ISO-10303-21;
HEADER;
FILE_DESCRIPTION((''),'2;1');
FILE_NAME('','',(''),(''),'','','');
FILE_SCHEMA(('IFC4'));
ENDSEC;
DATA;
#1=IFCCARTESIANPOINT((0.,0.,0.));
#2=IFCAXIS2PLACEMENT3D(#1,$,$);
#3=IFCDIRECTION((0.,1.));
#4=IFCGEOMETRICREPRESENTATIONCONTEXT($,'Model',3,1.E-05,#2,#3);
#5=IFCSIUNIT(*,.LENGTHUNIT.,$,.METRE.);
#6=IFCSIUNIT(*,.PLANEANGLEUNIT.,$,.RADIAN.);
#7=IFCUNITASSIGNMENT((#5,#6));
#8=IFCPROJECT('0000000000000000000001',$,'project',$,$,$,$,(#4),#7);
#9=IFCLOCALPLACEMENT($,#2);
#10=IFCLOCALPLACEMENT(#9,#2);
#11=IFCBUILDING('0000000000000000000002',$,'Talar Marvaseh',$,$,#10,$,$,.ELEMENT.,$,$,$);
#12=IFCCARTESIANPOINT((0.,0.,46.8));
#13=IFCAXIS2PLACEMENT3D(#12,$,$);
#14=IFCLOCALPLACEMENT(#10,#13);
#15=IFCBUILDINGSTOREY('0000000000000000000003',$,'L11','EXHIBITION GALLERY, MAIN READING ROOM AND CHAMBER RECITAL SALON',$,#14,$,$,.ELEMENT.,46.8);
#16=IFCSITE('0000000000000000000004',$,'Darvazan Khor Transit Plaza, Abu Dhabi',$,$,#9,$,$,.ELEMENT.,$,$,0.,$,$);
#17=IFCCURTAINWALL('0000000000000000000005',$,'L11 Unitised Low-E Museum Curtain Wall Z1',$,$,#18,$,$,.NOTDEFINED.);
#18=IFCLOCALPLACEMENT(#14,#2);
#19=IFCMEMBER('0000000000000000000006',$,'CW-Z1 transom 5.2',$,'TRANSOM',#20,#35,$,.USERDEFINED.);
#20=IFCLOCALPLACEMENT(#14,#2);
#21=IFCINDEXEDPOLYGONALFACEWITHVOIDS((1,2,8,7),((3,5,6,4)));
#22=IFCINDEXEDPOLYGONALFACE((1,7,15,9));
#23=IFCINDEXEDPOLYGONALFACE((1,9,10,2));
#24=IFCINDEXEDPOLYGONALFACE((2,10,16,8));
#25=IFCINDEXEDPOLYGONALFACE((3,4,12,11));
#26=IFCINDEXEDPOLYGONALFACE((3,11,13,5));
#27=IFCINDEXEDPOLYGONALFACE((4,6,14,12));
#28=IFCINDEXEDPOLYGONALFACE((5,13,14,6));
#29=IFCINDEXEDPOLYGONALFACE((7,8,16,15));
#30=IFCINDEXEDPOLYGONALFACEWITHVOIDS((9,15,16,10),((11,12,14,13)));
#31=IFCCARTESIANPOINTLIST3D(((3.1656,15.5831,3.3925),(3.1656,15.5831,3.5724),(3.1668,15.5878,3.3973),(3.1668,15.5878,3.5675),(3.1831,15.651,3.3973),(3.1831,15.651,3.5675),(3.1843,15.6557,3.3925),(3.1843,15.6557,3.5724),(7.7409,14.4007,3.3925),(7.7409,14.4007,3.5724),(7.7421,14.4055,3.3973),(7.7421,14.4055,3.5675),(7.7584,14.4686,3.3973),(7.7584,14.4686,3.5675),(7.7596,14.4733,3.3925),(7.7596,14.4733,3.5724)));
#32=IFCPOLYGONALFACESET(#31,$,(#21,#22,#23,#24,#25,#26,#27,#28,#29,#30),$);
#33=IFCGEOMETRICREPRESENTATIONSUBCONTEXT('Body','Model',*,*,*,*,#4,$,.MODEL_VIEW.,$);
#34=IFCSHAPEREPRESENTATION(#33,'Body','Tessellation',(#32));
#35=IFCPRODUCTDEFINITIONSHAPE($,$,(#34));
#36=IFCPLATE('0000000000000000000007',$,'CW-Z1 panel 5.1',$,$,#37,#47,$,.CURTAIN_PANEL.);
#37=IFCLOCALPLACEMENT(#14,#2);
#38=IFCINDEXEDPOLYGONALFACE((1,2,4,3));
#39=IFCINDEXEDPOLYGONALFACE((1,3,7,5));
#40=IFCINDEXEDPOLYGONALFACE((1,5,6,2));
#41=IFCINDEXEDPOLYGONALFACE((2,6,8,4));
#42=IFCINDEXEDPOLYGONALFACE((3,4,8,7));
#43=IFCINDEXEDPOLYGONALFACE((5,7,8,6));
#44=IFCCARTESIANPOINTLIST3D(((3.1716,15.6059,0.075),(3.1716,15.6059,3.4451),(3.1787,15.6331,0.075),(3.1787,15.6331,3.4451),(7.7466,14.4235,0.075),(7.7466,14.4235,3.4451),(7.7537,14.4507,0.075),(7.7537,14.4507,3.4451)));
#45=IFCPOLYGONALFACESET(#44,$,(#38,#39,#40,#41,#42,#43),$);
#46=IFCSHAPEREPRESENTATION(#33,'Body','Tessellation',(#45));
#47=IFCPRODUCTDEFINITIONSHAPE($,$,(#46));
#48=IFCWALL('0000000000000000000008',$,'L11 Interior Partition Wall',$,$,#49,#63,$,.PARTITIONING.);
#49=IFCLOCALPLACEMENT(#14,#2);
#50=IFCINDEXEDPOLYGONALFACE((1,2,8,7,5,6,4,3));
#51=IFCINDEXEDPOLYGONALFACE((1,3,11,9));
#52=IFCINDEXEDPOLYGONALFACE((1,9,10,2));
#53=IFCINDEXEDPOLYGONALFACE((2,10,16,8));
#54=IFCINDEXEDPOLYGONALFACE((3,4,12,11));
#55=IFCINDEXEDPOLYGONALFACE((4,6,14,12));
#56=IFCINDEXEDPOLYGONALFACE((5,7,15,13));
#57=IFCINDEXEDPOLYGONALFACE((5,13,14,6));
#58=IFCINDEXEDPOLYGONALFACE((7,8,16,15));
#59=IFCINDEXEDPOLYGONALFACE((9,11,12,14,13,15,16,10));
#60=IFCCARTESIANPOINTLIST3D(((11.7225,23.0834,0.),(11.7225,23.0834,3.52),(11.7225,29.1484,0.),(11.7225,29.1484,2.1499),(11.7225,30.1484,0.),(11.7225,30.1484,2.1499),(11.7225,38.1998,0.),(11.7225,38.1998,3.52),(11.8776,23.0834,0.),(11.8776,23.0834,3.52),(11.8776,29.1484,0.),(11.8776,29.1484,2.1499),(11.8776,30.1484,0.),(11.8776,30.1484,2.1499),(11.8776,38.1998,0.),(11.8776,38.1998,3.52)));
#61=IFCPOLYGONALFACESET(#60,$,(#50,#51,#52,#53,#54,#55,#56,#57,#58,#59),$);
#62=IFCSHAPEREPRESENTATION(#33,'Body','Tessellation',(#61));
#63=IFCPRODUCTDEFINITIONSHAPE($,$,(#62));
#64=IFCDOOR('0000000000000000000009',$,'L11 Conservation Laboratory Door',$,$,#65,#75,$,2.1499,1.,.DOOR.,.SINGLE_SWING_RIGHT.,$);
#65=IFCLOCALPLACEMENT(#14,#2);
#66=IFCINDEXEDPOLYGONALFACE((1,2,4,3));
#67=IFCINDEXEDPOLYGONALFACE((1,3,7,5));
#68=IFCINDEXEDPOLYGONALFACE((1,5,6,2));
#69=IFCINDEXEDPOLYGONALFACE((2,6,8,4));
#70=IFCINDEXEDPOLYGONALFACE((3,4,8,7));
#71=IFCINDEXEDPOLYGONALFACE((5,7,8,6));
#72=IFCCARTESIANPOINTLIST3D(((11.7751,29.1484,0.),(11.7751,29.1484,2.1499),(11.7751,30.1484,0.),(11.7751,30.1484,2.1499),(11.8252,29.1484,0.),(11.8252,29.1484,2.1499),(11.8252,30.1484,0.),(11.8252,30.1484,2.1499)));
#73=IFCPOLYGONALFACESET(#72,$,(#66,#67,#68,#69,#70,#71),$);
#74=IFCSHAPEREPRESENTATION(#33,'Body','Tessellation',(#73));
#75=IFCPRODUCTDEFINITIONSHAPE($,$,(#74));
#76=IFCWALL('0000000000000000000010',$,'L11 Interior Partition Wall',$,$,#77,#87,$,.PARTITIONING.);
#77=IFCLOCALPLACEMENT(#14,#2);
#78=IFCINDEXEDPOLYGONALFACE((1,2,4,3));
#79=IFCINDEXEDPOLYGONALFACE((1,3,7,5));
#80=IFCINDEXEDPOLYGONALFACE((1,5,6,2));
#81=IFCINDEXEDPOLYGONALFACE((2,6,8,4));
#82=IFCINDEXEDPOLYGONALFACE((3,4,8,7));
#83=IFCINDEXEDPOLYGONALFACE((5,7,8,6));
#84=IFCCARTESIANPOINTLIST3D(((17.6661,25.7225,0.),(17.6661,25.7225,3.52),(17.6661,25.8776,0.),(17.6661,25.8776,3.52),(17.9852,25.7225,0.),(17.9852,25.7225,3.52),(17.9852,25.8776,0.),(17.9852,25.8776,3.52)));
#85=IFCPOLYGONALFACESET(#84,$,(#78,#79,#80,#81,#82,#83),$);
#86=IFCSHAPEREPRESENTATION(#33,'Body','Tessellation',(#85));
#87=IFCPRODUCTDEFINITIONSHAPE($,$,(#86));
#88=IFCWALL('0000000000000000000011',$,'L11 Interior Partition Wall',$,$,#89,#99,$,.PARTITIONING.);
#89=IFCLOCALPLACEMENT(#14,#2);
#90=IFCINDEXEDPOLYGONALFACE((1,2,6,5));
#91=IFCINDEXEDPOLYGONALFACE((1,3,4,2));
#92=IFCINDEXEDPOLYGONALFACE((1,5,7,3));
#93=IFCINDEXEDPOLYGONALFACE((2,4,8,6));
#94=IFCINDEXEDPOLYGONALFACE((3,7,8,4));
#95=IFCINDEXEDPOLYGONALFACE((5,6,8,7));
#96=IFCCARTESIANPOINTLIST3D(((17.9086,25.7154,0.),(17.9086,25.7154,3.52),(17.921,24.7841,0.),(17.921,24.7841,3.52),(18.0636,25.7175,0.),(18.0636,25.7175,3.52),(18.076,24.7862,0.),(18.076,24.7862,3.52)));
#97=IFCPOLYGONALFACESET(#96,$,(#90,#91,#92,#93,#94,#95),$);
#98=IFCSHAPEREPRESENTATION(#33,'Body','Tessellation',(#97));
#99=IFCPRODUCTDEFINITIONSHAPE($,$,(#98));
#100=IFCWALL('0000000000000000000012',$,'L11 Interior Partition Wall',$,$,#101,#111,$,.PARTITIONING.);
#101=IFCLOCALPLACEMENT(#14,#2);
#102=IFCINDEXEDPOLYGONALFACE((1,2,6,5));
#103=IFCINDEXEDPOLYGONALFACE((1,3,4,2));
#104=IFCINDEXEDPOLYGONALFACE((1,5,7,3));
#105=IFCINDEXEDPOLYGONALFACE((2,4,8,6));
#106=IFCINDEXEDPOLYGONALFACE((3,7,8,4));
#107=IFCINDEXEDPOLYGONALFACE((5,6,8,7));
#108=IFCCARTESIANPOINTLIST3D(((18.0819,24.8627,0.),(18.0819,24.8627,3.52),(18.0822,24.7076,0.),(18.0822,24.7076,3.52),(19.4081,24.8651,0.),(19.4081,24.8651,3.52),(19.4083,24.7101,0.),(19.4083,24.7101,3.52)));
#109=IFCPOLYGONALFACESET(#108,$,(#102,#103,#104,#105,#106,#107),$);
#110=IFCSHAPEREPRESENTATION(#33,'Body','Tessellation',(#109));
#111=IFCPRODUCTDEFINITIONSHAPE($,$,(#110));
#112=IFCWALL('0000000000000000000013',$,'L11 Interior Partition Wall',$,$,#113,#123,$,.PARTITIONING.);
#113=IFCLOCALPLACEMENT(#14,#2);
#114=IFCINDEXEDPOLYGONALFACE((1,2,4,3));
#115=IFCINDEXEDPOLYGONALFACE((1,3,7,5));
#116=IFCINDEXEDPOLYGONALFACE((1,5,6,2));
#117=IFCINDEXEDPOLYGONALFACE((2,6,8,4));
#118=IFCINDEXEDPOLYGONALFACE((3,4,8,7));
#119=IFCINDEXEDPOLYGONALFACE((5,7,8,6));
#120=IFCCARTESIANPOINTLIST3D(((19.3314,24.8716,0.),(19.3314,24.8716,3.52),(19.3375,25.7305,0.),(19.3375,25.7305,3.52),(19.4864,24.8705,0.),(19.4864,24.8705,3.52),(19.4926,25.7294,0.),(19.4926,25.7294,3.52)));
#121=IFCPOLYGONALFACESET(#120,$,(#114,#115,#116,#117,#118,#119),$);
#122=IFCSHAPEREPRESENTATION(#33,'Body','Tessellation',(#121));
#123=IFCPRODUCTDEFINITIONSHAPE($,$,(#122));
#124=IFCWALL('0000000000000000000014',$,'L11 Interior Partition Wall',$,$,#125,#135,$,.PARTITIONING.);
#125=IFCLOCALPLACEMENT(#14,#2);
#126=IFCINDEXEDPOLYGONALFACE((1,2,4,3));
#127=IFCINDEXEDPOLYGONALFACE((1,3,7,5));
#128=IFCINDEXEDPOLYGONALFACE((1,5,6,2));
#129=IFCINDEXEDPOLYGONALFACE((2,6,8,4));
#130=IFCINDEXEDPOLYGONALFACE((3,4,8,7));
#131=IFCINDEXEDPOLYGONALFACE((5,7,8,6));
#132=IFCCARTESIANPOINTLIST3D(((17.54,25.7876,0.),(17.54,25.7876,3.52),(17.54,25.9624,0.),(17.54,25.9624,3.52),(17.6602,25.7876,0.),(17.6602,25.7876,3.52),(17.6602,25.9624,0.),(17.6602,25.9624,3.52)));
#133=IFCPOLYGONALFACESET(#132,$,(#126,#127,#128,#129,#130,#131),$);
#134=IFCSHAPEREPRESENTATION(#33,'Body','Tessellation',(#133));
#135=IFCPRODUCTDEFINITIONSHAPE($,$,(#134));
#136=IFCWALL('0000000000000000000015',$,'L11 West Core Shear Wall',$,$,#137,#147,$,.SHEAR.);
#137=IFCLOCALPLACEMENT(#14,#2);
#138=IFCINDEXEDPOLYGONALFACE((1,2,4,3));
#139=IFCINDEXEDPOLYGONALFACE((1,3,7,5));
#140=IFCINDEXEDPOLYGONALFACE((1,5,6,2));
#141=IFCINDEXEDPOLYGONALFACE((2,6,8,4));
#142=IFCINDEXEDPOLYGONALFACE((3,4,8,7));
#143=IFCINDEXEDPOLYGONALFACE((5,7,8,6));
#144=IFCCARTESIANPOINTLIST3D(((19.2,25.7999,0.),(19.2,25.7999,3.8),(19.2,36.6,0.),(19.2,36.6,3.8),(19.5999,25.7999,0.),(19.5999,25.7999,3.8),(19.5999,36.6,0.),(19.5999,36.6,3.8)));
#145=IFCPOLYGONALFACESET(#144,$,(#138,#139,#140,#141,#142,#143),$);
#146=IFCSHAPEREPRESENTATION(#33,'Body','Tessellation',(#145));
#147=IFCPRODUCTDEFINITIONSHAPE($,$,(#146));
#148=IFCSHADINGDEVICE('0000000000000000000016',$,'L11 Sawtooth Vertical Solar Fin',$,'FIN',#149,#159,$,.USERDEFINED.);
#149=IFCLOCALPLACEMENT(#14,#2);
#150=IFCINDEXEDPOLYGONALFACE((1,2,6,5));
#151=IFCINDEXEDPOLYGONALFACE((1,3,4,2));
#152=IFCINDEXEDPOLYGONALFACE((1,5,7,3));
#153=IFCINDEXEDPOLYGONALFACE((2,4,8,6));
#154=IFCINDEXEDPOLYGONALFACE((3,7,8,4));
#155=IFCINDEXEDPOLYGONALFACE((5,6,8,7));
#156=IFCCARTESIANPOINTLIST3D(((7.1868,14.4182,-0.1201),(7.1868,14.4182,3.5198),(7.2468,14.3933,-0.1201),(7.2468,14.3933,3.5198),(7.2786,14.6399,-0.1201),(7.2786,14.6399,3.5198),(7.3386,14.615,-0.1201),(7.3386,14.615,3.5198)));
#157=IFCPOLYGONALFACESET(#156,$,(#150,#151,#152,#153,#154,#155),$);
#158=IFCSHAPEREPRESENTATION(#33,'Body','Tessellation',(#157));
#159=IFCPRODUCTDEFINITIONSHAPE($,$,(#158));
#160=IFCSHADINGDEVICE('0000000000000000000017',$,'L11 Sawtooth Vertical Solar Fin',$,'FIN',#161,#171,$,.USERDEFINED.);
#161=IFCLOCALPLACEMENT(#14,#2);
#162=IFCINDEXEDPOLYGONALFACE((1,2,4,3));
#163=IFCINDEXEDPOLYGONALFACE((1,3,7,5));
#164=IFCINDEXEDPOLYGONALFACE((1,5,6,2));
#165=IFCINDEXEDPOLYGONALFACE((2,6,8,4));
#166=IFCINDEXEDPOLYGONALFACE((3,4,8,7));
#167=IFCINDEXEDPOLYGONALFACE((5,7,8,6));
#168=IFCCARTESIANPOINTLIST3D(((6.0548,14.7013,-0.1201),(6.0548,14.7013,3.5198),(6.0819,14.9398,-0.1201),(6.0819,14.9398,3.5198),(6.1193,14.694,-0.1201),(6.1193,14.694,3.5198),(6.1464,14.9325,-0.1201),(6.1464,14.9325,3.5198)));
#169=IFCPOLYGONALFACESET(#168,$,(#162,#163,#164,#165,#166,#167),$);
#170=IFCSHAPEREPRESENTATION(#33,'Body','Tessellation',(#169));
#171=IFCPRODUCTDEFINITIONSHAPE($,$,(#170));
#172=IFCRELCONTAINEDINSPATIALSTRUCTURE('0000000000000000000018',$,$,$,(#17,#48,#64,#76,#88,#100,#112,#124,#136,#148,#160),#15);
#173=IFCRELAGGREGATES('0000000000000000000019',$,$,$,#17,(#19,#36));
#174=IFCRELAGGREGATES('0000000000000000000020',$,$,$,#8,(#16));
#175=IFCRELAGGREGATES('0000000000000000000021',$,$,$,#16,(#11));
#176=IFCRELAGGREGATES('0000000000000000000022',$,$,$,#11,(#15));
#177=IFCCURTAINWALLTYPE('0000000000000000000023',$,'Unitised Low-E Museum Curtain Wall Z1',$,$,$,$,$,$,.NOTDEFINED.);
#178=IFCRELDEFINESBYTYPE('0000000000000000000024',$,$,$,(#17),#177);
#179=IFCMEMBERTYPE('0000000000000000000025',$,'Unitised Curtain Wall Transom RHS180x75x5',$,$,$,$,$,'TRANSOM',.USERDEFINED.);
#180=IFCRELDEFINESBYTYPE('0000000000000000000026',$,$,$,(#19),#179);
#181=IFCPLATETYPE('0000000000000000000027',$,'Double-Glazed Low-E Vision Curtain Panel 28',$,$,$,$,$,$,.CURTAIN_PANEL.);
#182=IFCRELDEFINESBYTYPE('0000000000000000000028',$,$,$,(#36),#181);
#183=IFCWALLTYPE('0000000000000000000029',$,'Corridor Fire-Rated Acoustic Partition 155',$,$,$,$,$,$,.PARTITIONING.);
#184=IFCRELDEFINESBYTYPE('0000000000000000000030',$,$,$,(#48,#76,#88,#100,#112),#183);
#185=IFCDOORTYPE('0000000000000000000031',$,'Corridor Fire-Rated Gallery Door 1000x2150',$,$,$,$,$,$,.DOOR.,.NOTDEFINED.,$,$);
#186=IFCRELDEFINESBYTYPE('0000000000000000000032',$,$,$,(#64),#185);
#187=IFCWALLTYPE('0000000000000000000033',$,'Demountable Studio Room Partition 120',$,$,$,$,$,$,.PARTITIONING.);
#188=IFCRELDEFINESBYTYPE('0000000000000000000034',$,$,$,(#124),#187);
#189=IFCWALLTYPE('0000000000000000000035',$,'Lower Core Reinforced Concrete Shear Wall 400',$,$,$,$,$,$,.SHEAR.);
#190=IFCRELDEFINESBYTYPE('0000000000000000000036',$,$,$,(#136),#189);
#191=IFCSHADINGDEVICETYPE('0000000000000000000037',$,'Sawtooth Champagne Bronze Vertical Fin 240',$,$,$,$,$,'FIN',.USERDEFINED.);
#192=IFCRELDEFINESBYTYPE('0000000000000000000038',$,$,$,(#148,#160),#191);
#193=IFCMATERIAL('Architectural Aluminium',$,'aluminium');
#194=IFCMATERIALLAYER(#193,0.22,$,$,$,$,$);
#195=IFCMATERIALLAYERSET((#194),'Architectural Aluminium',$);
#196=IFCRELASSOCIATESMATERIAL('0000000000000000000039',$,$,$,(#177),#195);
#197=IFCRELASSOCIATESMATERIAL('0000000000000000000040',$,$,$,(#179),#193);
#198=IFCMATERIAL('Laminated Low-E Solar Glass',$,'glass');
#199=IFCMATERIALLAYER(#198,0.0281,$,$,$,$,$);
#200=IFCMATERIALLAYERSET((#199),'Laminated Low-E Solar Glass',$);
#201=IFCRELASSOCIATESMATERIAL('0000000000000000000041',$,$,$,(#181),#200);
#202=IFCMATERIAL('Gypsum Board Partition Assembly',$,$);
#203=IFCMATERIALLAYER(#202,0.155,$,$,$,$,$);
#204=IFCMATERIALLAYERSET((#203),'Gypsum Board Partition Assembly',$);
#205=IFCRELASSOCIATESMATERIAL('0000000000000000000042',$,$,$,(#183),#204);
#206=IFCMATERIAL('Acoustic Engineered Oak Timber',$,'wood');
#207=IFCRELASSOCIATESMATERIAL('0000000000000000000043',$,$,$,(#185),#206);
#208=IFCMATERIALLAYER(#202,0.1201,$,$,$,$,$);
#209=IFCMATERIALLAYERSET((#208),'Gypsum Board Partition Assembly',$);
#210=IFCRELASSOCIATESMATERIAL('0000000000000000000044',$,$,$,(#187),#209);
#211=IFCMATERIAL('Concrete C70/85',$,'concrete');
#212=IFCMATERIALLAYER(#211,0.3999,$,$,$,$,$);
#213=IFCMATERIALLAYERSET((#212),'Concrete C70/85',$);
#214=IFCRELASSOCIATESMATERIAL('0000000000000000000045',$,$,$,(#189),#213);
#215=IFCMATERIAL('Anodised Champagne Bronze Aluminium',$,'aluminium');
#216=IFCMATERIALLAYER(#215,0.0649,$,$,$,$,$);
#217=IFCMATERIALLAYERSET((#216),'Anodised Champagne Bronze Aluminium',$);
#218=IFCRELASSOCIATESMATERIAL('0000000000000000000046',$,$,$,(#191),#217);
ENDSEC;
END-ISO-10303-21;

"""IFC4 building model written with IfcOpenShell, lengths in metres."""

from ifc_helpers import new_model, si_unit, direction, frame, frame_2d, origin, origin_2d, place, context, subcontext, project, spatial, rectangle, hollow_rectangle, extrude, source, transform, mapped, material, layer, layer_set, material_profile, profile_set, type_object, type_shapes, element, fill, aggregate, save


model = new_model("IFC4")

# Units and contexts
model_context = context("Model", 3, precision=1e-05, world=origin(), true_north=direction((0.0, 1.0)))
body_context = subcontext(model_context, "Body", "Model", "MODEL_VIEW")
ifc_project = project(units=[si_unit("LENGTHUNIT", "METRE"), si_unit("PLANEANGLEUNIT", "RADIAN")], contexts=[model_context])

# Site, building, storey
site_placement = place(None, origin())
site = spatial("IfcSite", under=ifc_project, at=site_placement, Name="Darvazan Khor Transit Plaza, Abu Dhabi", CompositionType="ELEMENT", RefElevation=0.0)
building_placement = place(site_placement, origin())
building = spatial("IfcBuilding", under=site, at=building_placement, Name="Talar Marvaseh", CompositionType="ELEMENT")
storey_placement = place(building_placement, frame((0.0, 0.0, 46.8)))
storey = spatial("IfcBuildingStorey", under=building, at=storey_placement, Name="L11", Description="EXHIBITION GALLERY, MAIN READING ROOM AND CHAMBER RECITAL SALON", CompositionType="ELEMENT", Elevation=46.8)

# Shared definitions
ifc_material_1 = material(Name="Concrete C70/85", Category="concrete")

# Curtain wall, member, plate
ifc_material_2 = material(Name="Architectural Aluminium", Category="aluminium")
ifc_layer_1 = layer(ifc_material_2, 0.22)
ifc_layer_set_1 = layer_set([ifc_layer_1], Name="Architectural Aluminium")
curtain_wall_type = type_object("IfcCurtainWallType", Name="Unitised Low-E Museum Curtain Wall Z1", PredefinedType="NOTDEFINED", material=ifc_layer_set_1)
curtain_wall_placement = place(storey_placement, origin())
curtain_wall = element("IfcCurtainWall", 1, at=curtain_wall_placement, inside=storey, type_object=curtain_wall_type, Name="L11 Unitised Low-E Museum Curtain Wall Z1", PredefinedType="NOTDEFINED")
ifc_material_profile_1 = material_profile(ifc_material_2, hollow_rectangle(XDim=0.075, YDim=0.1799, WallThickness=0.0049, at=origin_2d()), Name="RHS180x75x5")
ifc_profile_set_1 = profile_set([ifc_material_profile_1], Name="Architectural Aluminium")
member_type = type_object("IfcMemberType", Name="Unitised Curtain Wall Transom RHS180x75x5", ElementType="TRANSOM", PredefinedType="USERDEFINED", material=ifc_profile_set_1)
shared_shape_1 = source(origin(), body_context, "Body", "SweptSolid", [
    extrude(hollow_rectangle(XDim=0.075, YDim=0.1799, WallThickness=0.0049, at=origin_2d()), origin(), (0.0, 0.0, 1.0), 4.7256),
])
type_shapes(member_type, [shared_shape_1])
member_placement = place(storey_placement, frame((7.7502, 14.437, 3.4824), z_axis=(-0.968191, 0.250211, 0.0), x_axis=(-0.250211, -0.968191, 0.0)))
member = element("IfcMember", 2, at=member_placement, type_object=member_type, Name="CW-Z1 transom 5.2", ObjectType="TRANSOM", PredefinedType="USERDEFINED", context=body_context, shape_type="MappedRepresentation", body=[
    mapped(shared_shape_1, transform((0.0, 0.0, 0.0), x_axis=(1.0, 0.0, 0.0), y_axis=(0.0, 1.0, 0.0), z_axis=(0.0, 0.0, 1.0), scale=1.0)),
])
ifc_material_3 = material(Name="Laminated Low-E Solar Glass", Category="glass")
ifc_layer_2 = layer(ifc_material_3, 0.0281)
ifc_layer_set_2 = layer_set([ifc_layer_2], Name="Laminated Low-E Solar Glass")
plate_type = type_object("IfcPlateType", Name="Double-Glazed Low-E Vision Curtain Panel 28", PredefinedType="CURTAIN_PANEL", material=ifc_layer_set_2)
shared_shape_2 = source(origin(), body_context, "Body", "SweptSolid", [
    extrude(rectangle(XDim=4.7253, YDim=0.0281, at=origin_2d()), origin(), (0.0, 0.0, 1.0), 3.3701),
])
type_shapes(plate_type, [shared_shape_2])
plate_placement = place(storey_placement, frame((5.4626, 15.0283, 0.075), z_axis=(0.0, 0.0, 1.0), x_axis=(-0.968187, 0.250228, 0.0)))
plate = element("IfcPlate", 3, at=plate_placement, type_object=plate_type, Name="CW-Z1 panel 5.1", PredefinedType="CURTAIN_PANEL", context=body_context, shape_type="MappedRepresentation", body=[
    mapped(shared_shape_2, transform((0.0, 0.0, 0.0), x_axis=(1.0, 0.0, 0.0), y_axis=(0.0, 1.0, 0.0), z_axis=(0.0, 0.0, 1.0), scale=1.0)),
])
aggregate(curtain_wall, [member, plate])

# Wall, opening, door
ifc_material_4 = material(Name="Gypsum Board Partition Assembly")
ifc_layer_3 = layer(ifc_material_4, 0.155)
ifc_layer_set_3 = layer_set([ifc_layer_3], Name="Gypsum Board Partition Assembly")
wall_type_1 = type_object("IfcWallType", Name="Corridor Fire-Rated Acoustic Partition 155", PredefinedType="PARTITIONING", material=ifc_layer_set_3)
wall_1_placement = place(storey_placement, frame((11.8, 23.0835, 0.0), z_axis=(0.0, 0.0, 1.0), x_axis=(0.0, 1.0, 0.0)))
wall_1 = element("IfcWall", 4, at=wall_1_placement, inside=storey, type_object=wall_type_1, Name="L11 Interior Partition Wall", PredefinedType="PARTITIONING", context=body_context, shape_type="SweptSolid", body=[
    extrude(rectangle(XDim=15.1165, YDim=0.155, at=frame_2d((7.5581, 0.0))), origin(), (0.0, 0.0, 1.0), 3.52),
])
opening_placement = place(wall_1_placement, frame((6.0649, 0.0, 0.0)))
opening = element("IfcOpeningElement", 5, at=opening_placement, cuts=wall_1, PredefinedType="OPENING", context=body_context, shape_type="SweptSolid", body=[
    extrude(rectangle(XDim=1.0, YDim=2.1499, at=frame_2d((0.5, 1.075))), frame((0.0, 0.0874, 0.0), z_axis=(0.0, -1.0, 0.0), x_axis=(1.0, 0.0, 0.0)), (0.0, 0.0, 1.0), 0.175),
])
ifc_material_5 = material(Name="Acoustic Engineered Oak Timber", Category="wood")
door_type = type_object("IfcDoorType", Name="Corridor Fire-Rated Gallery Door 1000x2150", OperationType="NOTDEFINED", PredefinedType="DOOR", material=ifc_material_5)
shared_shape_3 = source(origin(), body_context, "Body", "SweptSolid", [
    extrude(rectangle(XDim=1.0, YDim=2.1499, at=frame_2d((0.5, 1.075))), frame((0.0, 0.0249, 0.0), z_axis=(0.0, -1.0, 0.0), x_axis=(1.0, 0.0, 0.0)), (0.0, 0.0, 1.0), 0.05),
])
type_shapes(door_type, [shared_shape_3])
door_placement = place(opening_placement, origin())
door = element("IfcDoor", 6, at=door_placement, inside=storey, type_object=door_type, Name="L11 Conservation Laboratory Door", OperationType="SINGLE_SWING_RIGHT", OverallHeight=2.1499, OverallWidth=1.0, PredefinedType="DOOR", context=body_context, shape_type="MappedRepresentation", body=[
    mapped(shared_shape_3, transform((0.0, 0.0, 0.0), x_axis=(1.0, 0.0, 0.0), y_axis=(0.0, 1.0, 0.0), z_axis=(0.0, 0.0, 1.0), scale=1.0)),
])
fill(opening, door)

# Walls
wall_2_placement = place(storey_placement, frame((17.666, 25.8, 0.0), z_axis=(0.0, 0.0, 1.0), x_axis=(1.0, 0.0, 0.0)))
element("IfcWall", 7, at=wall_2_placement, inside=storey, type_object=wall_type_1, Name="L11 Interior Partition Wall", PredefinedType="PARTITIONING", context=body_context, shape_type="SweptSolid", body=[
    extrude(rectangle(XDim=0.3191, YDim=0.155, at=frame_2d((0.1597, 0.0))), origin(), (0.0, 0.0, 1.0), 3.52),
])
wall_3_placement = place(storey_placement, frame((17.9861, 25.7166, 0.0), z_axis=(0.0, 0.0, 1.0), x_axis=(0.013367, -0.999911, 0.0)))
element("IfcWall", 8, at=wall_3_placement, inside=storey, type_object=wall_type_1, Name="L11 Interior Partition Wall", PredefinedType="PARTITIONING", context=body_context, shape_type="SweptSolid", body=[
    extrude(rectangle(XDim=0.9314, YDim=0.155, at=frame_2d((0.4658, 0.0))), origin(), (0.0, 0.0, 1.0), 3.52),
])
wall_4_placement = place(storey_placement, frame((18.082, 24.7852, 0.0), z_axis=(0.0, 0.0, 1.0), x_axis=(0.999998, 0.001841, 0.0)))
element("IfcWall", 9, at=wall_4_placement, inside=storey, type_object=wall_type_1, Name="L11 Interior Partition Wall", PredefinedType="PARTITIONING", context=body_context, shape_type="SweptSolid", body=[
    extrude(rectangle(XDim=1.3262, YDim=0.155, at=frame_2d((0.6631, 0.0))), origin(), (0.0, 0.0, 1.0), 3.52),
])
wall_5_placement = place(storey_placement, frame((19.4089, 24.8711, 0.0), z_axis=(0.0, 0.0, 1.0), x_axis=(0.007106, 0.999975, 0.0)))
element("IfcWall", 10, at=wall_5_placement, inside=storey, type_object=wall_type_1, Name="L11 Interior Partition Wall", PredefinedType="PARTITIONING", context=body_context, shape_type="SweptSolid", body=[
    extrude(rectangle(XDim=0.8589, YDim=0.155, at=frame_2d((0.4294, 0.0))), origin(), (0.0, 0.0, 1.0), 3.52),
])
ifc_layer_4 = layer(ifc_material_4, 0.1201)
ifc_layer_set_4 = layer_set([ifc_layer_4], Name="Gypsum Board Partition Assembly")
wall_type_2 = type_object("IfcWallType", Name="Demountable Studio Room Partition 120", PredefinedType="PARTITIONING", material=ifc_layer_set_4)
wall_6_placement = place(storey_placement, frame((17.6001, 25.9624, 0.0), z_axis=(0.0, 0.0, 1.0), x_axis=(0.0, -1.0, 0.0)))
element("IfcWall", 11, at=wall_6_placement, inside=storey, type_object=wall_type_2, Name="L11 Interior Partition Wall", PredefinedType="PARTITIONING", context=body_context, shape_type="SweptSolid", body=[
    extrude(rectangle(XDim=0.1748, YDim=0.1201, at=frame_2d((0.0874, 0.0))), origin(), (0.0, 0.0, 1.0), 3.52),
])
ifc_layer_5 = layer(ifc_material_1, 0.3999)
ifc_layer_set_5 = layer_set([ifc_layer_5], Name="Concrete C70/85")
wall_type_3 = type_object("IfcWallType", Name="Lower Core Reinforced Concrete Shear Wall 400", PredefinedType="SHEAR", material=ifc_layer_set_5)
wall_7_placement = place(storey_placement, frame((19.3999, 25.8, 0.0), z_axis=(0.0, 0.0, 1.0), x_axis=(0.0, 1.0, 0.0)))
element("IfcWall", 12, at=wall_7_placement, inside=storey, type_object=wall_type_3, Name="L11 West Core Shear Wall", PredefinedType="SHEAR", context=body_context, shape_type="SweptSolid", body=[
    extrude(rectangle(XDim=10.8, YDim=0.3999, at=frame_2d((5.3999, 0.0))), origin(), (0.0, 0.0, 1.0), 3.8),
])

# Shading devices
ifc_material_6 = material(Name="Anodised Champagne Bronze Aluminium", Category="aluminium")
ifc_layer_6 = layer(ifc_material_6, 0.0649)
ifc_layer_set_6 = layer_set([ifc_layer_6], Name="Anodised Champagne Bronze Aluminium")
shading_device_type = type_object("IfcShadingDeviceType", Name="Sawtooth Champagne Bronze Vertical Fin 240", ElementType="FIN", PredefinedType="USERDEFINED", material=ifc_layer_set_6)
shared_shape_4 = source(origin(), body_context, "Body", "SweptSolid", [
    extrude(rectangle(XDim=0.24, YDim=0.0649, at=origin_2d()), origin(), (0.0, 0.0, 1.0), 3.6399),
])
type_shapes(shading_device_type, [shared_shape_4])
for number, where, z_axis, x_axis, name in (
    (13, (7.2627, 14.5166, -0.1201), (0.0, 0.0, 1.0), (-0.382522, -0.923946, 0.0), "L11 Sawtooth Vertical Solar Fin"),
    (14, (6.1006, 14.8169, -0.1201), (0.0, 0.0, 1.0), (-0.11303, -0.993592, 0.0), "L11 Sawtooth Vertical Solar Fin"),
):
    element("IfcShadingDevice", number, at=place(storey_placement, frame(where, z_axis=z_axis, x_axis=x_axis)), inside=storey, type_object=shading_device_type, Name=name, ObjectType="FIN", PredefinedType="USERDEFINED", context=body_context, shape_type="MappedRepresentation", body=[
        mapped(shared_shape_4, transform((0.0, 0.0, 0.0), x_axis=(1.0, 0.0, 0.0), y_axis=(0.0, 1.0, 0.0), z_axis=(0.0, 0.0, 1.0), scale=1.0)),
    ])

save(model, "model.ifc")
